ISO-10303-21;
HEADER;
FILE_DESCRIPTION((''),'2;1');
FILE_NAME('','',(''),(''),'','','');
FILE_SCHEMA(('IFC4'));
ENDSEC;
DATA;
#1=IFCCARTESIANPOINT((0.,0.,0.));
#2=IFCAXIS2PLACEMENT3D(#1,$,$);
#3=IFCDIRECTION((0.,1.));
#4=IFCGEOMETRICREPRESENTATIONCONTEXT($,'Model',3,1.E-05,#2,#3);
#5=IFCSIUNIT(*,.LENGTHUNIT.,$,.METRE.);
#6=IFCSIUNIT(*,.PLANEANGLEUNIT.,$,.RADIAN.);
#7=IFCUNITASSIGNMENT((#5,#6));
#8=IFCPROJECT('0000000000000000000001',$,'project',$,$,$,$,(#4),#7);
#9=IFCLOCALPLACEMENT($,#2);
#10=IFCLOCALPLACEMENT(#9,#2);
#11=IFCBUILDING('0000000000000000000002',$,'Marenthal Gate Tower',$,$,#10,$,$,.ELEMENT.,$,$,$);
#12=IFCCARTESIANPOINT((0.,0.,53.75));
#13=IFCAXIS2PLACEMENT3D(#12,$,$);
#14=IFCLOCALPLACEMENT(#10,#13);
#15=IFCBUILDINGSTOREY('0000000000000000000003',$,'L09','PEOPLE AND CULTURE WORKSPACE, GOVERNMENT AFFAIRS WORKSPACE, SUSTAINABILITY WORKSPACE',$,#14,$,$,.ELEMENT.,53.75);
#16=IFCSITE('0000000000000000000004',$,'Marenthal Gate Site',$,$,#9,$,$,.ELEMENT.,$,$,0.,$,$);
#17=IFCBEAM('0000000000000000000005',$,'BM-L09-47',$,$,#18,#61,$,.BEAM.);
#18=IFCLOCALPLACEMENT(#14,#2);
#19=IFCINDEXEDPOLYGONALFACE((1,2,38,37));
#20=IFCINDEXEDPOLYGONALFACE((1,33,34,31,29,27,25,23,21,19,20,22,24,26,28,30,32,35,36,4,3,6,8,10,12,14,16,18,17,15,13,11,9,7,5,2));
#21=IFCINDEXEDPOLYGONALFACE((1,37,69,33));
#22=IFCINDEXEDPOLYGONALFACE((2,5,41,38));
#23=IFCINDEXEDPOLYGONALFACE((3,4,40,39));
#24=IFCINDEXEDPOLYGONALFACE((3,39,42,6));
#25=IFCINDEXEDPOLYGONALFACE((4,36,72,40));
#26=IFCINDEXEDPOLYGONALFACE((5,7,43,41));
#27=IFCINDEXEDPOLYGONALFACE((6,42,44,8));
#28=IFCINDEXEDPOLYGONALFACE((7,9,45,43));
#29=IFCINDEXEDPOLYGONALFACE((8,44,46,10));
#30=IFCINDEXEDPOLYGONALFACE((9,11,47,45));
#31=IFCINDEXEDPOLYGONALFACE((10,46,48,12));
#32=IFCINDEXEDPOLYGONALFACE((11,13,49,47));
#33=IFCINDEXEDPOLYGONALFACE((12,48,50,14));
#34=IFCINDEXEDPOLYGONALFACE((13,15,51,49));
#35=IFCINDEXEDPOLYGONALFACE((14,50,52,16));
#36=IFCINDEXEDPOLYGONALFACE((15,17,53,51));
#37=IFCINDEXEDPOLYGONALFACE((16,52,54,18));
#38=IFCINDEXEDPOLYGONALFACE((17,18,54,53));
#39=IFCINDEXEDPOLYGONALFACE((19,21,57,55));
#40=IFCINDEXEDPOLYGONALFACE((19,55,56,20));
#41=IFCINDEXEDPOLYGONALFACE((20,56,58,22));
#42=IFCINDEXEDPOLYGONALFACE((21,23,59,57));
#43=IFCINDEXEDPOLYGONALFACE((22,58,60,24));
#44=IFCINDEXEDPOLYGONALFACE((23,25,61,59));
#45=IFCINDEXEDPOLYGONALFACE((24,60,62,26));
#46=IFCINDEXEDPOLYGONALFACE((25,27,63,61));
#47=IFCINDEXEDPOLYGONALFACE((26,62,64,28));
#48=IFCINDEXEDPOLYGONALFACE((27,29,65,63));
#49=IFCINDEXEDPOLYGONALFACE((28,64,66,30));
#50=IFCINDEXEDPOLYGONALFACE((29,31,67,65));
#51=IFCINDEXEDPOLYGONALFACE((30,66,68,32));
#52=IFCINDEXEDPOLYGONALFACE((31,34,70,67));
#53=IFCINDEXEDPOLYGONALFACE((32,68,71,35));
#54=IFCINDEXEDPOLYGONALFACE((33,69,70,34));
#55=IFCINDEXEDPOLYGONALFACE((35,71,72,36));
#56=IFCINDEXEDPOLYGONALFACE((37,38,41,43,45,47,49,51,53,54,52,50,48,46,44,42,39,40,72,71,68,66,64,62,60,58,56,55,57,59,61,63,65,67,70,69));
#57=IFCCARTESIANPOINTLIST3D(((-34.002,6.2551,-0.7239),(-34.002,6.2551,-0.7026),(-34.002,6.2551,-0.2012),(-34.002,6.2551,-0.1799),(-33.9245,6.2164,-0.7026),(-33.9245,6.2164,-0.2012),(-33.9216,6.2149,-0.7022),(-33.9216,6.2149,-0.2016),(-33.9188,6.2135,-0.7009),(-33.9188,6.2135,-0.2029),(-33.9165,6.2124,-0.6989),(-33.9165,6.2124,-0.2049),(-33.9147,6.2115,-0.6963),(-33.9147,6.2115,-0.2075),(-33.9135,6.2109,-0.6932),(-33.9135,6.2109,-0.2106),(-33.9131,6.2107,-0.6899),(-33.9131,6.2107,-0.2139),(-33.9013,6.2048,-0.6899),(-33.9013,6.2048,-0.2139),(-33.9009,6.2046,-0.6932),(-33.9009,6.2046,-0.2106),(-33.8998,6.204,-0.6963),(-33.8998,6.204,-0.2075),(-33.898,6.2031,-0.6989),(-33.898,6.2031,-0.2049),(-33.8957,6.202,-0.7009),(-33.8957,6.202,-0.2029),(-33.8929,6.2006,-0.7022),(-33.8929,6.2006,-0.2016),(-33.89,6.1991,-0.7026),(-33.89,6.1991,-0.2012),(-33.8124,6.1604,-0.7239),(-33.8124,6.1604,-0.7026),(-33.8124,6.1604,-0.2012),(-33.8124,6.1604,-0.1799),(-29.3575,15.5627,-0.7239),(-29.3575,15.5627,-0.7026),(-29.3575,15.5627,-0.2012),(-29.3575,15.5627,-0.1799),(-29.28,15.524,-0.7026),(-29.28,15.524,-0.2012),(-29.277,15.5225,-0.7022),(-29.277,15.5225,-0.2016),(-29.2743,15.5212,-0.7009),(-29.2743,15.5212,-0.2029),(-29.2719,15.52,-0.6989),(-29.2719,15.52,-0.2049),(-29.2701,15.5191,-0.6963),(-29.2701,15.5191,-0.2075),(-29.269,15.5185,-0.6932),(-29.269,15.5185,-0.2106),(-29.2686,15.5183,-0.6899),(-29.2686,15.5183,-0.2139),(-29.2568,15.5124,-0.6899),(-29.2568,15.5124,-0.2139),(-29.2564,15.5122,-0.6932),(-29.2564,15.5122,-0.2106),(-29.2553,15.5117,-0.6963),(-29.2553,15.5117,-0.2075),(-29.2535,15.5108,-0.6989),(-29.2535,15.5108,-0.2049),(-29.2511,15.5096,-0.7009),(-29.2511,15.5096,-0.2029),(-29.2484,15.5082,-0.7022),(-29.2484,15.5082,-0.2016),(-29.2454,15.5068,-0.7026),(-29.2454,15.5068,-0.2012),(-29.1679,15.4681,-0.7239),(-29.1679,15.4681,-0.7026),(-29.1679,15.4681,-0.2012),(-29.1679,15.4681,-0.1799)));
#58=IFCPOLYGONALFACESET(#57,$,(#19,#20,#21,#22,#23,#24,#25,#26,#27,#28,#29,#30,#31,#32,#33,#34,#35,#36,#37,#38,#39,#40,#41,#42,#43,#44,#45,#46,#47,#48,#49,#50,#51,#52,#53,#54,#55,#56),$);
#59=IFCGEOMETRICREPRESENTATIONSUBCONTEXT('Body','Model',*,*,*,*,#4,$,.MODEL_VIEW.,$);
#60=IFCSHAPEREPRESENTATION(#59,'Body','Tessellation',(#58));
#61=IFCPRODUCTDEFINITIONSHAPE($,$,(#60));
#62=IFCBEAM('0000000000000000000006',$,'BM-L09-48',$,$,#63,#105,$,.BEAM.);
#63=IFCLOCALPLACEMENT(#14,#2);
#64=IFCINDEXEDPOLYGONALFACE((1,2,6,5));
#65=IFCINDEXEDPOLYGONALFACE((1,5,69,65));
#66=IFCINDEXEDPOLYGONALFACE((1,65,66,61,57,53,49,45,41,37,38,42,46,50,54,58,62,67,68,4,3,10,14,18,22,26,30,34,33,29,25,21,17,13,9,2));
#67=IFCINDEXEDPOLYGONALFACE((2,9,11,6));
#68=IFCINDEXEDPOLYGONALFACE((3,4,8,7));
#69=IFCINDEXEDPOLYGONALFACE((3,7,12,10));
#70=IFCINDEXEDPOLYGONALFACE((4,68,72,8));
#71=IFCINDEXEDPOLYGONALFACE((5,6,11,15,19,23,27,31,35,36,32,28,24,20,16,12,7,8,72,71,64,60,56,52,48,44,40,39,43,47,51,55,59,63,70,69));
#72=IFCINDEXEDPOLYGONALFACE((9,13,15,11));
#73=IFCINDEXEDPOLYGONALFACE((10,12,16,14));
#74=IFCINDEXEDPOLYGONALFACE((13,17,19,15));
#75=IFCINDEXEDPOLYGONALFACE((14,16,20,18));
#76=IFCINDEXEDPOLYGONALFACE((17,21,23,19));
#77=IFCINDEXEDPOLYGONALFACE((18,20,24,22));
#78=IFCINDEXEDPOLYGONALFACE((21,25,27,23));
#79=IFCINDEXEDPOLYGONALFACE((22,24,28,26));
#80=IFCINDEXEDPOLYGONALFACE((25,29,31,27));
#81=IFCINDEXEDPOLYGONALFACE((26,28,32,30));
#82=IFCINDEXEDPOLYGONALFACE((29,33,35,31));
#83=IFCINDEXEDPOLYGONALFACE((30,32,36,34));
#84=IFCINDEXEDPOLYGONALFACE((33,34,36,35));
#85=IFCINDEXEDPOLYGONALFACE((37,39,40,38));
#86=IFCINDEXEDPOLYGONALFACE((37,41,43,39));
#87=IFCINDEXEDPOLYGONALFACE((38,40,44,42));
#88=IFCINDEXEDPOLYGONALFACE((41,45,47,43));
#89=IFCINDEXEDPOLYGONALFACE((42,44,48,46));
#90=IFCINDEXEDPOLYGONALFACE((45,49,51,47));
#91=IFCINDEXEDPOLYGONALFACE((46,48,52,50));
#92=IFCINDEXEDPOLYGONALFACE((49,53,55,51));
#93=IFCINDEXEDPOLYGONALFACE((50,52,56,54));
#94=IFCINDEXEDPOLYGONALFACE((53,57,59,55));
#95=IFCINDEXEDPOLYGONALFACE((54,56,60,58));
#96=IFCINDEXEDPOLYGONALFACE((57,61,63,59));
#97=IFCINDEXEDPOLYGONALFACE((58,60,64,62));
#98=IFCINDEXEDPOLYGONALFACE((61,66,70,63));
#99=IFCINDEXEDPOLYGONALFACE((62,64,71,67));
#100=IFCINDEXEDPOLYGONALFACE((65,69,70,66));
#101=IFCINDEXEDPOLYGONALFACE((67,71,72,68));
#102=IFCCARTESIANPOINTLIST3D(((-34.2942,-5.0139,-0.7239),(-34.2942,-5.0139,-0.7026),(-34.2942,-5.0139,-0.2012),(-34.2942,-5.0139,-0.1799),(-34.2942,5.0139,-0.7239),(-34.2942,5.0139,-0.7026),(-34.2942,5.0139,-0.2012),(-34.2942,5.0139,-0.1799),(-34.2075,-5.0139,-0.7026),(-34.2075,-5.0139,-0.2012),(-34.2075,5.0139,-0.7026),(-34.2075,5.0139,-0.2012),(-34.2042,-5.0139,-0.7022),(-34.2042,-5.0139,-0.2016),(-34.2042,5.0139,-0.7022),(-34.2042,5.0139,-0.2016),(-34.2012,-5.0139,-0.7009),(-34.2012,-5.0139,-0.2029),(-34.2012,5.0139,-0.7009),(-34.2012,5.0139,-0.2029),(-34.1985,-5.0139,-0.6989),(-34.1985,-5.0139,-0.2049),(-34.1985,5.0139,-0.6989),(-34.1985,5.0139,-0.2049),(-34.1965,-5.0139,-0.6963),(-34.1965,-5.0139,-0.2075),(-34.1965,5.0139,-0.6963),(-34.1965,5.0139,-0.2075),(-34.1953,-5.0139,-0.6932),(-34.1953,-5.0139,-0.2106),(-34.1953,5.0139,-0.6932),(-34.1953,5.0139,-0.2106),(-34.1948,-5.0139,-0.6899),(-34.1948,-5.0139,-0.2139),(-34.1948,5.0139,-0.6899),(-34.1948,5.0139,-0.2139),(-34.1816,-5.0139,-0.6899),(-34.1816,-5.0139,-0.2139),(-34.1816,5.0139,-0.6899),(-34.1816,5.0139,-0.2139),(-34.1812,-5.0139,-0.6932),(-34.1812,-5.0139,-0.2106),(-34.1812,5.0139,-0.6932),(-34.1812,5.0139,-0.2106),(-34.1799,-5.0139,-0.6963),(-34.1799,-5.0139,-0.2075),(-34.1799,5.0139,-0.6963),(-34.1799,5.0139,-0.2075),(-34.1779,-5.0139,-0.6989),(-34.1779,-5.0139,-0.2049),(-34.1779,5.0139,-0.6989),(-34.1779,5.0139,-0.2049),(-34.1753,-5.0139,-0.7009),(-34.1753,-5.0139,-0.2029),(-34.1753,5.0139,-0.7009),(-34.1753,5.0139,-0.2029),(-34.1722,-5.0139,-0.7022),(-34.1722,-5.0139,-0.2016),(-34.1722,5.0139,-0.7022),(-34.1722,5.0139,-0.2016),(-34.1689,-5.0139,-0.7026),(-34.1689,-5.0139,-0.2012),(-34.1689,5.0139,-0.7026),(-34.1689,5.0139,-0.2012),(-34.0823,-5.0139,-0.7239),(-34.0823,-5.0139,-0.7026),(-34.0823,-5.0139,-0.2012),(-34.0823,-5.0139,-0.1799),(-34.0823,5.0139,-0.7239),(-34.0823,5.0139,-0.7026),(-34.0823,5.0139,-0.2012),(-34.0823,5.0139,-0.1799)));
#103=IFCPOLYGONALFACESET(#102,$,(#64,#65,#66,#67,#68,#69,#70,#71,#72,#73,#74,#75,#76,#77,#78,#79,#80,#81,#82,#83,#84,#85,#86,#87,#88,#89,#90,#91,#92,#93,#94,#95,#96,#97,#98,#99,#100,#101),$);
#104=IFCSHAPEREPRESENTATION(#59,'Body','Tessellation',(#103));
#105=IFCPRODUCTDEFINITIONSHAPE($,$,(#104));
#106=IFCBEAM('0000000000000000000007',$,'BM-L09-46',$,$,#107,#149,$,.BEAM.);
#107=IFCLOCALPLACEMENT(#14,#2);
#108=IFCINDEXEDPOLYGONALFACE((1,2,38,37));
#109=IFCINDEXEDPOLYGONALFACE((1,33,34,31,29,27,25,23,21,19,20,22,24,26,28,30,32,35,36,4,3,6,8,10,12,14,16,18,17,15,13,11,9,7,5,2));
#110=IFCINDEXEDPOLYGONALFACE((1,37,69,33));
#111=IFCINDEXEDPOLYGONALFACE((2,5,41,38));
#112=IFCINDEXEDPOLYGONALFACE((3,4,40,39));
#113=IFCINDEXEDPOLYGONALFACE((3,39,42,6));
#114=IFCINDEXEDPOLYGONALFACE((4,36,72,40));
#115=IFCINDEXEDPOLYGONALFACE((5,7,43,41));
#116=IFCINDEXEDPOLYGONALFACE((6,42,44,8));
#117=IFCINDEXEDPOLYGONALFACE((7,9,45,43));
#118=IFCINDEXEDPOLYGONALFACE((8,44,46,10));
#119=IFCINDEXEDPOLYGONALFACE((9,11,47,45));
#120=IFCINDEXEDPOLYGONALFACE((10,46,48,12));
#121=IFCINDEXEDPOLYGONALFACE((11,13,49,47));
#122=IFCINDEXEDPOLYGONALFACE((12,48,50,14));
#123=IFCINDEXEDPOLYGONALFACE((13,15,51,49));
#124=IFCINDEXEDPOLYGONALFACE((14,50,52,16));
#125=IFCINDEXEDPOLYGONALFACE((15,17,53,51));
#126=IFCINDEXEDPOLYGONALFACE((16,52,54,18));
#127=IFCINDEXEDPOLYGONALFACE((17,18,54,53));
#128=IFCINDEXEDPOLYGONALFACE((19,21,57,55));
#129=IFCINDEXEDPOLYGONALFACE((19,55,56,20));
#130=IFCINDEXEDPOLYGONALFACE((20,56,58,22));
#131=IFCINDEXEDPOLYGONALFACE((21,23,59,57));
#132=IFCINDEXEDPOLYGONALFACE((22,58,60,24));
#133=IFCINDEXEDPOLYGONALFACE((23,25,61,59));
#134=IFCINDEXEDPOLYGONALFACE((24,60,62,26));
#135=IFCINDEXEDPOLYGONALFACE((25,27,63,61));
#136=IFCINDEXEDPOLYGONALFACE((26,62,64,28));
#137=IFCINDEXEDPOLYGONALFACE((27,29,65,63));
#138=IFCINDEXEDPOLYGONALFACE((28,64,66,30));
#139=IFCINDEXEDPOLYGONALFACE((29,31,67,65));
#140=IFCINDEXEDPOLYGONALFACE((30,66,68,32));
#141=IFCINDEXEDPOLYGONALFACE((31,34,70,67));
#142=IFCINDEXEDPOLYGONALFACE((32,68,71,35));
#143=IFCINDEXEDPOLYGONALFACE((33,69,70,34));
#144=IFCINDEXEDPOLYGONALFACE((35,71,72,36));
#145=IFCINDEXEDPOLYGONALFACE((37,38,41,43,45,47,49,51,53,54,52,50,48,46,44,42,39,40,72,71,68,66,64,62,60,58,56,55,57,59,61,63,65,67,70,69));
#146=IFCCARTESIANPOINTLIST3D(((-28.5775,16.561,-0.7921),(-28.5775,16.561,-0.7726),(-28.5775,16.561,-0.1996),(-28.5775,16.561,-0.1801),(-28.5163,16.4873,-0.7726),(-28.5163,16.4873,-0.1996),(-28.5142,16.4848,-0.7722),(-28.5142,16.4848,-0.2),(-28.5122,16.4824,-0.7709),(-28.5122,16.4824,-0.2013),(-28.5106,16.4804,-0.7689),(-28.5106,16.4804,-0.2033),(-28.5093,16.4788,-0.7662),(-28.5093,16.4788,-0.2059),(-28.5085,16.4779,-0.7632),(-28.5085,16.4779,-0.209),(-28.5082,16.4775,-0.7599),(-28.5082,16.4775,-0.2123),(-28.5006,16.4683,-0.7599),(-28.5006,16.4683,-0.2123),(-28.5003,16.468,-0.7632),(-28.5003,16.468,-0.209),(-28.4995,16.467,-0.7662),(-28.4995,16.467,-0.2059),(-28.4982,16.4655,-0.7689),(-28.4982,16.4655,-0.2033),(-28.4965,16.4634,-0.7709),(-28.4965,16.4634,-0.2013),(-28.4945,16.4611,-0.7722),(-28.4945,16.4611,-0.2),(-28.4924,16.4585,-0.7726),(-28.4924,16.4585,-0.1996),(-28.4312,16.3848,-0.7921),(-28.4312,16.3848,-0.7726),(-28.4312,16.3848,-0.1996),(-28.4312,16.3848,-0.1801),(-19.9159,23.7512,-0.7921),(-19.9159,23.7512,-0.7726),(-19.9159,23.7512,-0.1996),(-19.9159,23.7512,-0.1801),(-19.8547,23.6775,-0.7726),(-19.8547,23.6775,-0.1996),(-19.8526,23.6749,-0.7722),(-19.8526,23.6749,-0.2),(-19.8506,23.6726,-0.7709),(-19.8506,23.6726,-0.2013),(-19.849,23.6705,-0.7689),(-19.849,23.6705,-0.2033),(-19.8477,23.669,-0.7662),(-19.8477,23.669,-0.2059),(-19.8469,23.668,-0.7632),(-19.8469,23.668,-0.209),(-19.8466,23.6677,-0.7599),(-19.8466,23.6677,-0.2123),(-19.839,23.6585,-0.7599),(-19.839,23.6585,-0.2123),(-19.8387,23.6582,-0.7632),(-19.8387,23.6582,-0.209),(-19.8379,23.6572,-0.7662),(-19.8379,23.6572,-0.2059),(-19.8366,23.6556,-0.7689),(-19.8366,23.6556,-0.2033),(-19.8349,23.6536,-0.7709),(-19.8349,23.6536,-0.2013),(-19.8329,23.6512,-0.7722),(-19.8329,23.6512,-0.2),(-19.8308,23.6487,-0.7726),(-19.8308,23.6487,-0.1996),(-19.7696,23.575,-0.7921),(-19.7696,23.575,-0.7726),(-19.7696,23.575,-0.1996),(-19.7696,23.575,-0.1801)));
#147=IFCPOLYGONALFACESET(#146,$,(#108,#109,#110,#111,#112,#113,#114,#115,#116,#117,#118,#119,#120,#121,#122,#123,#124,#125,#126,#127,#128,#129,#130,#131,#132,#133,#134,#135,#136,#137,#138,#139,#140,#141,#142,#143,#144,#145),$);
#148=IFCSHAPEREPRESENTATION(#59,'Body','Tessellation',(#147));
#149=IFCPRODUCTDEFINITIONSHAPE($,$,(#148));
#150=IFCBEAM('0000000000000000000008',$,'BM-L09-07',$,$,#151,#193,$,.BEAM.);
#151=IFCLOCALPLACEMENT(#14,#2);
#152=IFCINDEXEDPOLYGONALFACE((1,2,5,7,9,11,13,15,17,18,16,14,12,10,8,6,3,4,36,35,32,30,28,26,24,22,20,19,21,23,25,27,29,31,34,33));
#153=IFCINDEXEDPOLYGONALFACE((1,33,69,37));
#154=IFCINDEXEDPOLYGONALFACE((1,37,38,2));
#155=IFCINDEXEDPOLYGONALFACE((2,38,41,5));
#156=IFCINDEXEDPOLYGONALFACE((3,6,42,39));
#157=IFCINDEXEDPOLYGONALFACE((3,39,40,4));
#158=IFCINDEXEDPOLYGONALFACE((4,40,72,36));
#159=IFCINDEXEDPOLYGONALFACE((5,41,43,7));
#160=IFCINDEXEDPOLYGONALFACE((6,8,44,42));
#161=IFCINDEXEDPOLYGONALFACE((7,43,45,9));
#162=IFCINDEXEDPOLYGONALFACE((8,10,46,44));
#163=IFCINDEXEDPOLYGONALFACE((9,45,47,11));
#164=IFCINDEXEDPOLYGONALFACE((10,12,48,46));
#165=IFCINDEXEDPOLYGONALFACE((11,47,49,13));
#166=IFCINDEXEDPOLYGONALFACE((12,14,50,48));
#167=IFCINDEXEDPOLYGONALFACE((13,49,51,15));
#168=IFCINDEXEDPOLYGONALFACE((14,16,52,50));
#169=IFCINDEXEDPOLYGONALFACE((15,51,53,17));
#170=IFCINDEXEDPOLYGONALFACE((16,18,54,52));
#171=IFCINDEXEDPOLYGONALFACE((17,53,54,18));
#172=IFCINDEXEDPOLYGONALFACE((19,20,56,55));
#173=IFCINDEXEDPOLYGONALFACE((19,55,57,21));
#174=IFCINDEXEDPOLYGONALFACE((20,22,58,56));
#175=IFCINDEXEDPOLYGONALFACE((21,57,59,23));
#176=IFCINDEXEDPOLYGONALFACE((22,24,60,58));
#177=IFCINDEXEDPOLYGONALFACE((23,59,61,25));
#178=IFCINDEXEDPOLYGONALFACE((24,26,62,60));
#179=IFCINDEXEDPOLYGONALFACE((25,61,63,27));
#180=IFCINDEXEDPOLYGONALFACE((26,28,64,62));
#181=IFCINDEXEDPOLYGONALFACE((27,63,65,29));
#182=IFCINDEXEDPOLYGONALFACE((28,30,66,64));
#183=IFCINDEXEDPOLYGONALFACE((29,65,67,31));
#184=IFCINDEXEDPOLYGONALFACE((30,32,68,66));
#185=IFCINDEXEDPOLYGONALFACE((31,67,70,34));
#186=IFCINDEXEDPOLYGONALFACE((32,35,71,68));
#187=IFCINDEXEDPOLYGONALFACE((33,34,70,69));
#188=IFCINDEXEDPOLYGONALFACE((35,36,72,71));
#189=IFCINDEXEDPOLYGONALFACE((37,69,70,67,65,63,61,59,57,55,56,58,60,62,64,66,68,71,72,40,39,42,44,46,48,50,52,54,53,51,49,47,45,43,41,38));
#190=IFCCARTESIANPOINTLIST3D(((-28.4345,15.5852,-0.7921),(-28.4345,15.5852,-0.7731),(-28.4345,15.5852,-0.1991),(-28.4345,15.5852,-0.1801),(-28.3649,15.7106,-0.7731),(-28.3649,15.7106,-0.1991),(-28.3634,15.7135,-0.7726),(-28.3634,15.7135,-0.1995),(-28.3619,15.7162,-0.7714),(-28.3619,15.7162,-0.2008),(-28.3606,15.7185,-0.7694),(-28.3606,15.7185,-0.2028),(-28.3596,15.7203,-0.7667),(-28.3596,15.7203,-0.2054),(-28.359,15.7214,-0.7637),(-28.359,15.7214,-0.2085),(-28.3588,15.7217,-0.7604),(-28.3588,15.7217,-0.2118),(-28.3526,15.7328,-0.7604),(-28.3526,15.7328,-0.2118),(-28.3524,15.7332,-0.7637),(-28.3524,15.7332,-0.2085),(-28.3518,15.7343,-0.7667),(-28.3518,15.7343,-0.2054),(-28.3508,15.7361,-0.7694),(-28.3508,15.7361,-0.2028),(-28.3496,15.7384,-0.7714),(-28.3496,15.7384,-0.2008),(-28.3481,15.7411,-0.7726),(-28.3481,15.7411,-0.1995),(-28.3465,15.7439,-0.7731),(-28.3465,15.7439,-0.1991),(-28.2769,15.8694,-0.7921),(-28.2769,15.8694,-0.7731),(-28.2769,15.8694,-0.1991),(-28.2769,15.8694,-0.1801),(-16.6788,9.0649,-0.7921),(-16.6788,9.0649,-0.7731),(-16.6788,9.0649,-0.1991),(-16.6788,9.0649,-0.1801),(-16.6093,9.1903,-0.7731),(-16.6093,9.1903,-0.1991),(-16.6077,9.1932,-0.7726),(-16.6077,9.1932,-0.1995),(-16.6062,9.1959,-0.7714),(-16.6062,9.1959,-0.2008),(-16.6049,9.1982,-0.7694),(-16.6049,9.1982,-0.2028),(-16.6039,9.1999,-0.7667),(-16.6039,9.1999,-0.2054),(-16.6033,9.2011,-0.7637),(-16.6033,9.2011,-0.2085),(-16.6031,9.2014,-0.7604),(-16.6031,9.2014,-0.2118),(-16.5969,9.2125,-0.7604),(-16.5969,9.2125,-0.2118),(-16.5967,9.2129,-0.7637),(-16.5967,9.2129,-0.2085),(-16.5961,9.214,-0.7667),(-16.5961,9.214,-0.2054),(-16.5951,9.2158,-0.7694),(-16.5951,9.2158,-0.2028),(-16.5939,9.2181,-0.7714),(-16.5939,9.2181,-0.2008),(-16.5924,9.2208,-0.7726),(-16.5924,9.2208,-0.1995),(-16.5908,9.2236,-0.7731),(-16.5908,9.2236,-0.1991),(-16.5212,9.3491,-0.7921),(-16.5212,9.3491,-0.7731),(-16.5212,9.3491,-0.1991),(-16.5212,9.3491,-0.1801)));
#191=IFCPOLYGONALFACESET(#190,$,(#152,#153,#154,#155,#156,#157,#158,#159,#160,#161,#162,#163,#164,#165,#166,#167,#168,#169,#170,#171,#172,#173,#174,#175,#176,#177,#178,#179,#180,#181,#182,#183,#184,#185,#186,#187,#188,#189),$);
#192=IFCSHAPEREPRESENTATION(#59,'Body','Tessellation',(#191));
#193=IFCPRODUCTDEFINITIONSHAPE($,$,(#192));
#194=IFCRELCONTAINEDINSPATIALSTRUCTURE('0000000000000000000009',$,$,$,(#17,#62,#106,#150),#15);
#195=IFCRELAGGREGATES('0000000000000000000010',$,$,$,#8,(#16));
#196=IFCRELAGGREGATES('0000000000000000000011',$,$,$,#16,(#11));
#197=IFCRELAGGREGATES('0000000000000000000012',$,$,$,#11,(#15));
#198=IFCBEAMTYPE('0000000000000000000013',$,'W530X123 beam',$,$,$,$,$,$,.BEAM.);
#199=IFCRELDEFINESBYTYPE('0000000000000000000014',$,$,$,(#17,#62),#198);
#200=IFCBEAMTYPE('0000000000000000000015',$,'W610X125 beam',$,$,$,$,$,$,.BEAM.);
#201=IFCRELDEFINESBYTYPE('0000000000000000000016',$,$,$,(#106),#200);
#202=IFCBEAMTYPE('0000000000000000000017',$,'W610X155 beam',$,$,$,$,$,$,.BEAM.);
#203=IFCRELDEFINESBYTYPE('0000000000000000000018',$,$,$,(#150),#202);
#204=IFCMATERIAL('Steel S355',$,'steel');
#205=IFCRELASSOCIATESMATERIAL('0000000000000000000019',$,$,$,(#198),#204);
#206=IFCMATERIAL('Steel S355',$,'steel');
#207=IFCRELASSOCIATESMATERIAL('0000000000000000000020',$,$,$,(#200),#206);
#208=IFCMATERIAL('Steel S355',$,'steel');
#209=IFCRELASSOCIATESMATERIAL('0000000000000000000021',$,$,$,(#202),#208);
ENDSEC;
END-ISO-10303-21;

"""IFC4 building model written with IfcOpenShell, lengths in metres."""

from ifc_helpers import new_model, si_unit, direction, frame, origin, origin_2d, place, context, subcontext, project, spatial, i_section, extrude, material, material_profile, profile_set, type_object, element, save


model = new_model("IFC4")

# Units and contexts
model_context = context("Model", 3, precision=1e-05, world=origin(), true_north=direction((0.0, 1.0)))
body_context = subcontext(model_context, "Body", "Model", "MODEL_VIEW")
ifc_project = project(units=[si_unit("LENGTHUNIT", "METRE"), si_unit("PLANEANGLEUNIT", "RADIAN")], contexts=[model_context])

# Site, building, storey
site_placement = place(None, origin())
site = spatial("IfcSite", under=ifc_project, at=site_placement, Name="Marenthal Gate Site", CompositionType="ELEMENT", RefElevation=0.0)
building_placement = place(site_placement, origin())
building = spatial("IfcBuilding", under=site, at=building_placement, Name="Marenthal Gate Tower", CompositionType="ELEMENT")
storey_placement = place(building_placement, frame((0.0, 0.0, 53.75)))
storey = spatial("IfcBuildingStorey", under=building, at=storey_placement, Name="L09", Description="PEOPLE AND CULTURE WORKSPACE, GOVERNMENT AFFAIRS WORKSPACE, SUSTAINABILITY WORKSPACE", CompositionType="ELEMENT", Elevation=53.75)

# Beams
ifc_material_1 = material(Name="Steel S355", Category="steel")
ifc_material_profile_1 = material_profile(ifc_material_1, i_section(OverallWidth=0.2119, OverallDepth=0.5439, WebThickness=0.0132, FlangeThickness=0.0212, FilletRadius=0.0127, at=origin_2d()), Name="W530X123")
ifc_profile_set_1 = profile_set([ifc_material_profile_1], Name="Steel S355")
beam_type_1 = type_object("IfcBeamType", Name="W530X123 beam", PredefinedType="BEAM", material=ifc_profile_set_1)
beam_1_placement = place(storey_placement, frame((-29.2627, 15.5154, -0.4519), z_axis=(-0.4465, -0.894784, 0.0), x_axis=(0.894784, -0.4465, 0.0)))
element("IfcBeam", 1, at=beam_1_placement, inside=storey, type_object=beam_type_1, Name="BM-L09-47", PredefinedType="BEAM", context=body_context, shape_type="SweptSolid", body=[
    extrude(i_section(OverallWidth=0.2119, OverallDepth=0.5439, WebThickness=0.0132, FlangeThickness=0.0212, FilletRadius=0.0127, at=origin_2d()), origin(), (0.0, 0.0, 1.0), 10.4021),
])
beam_2_placement = place(storey_placement, frame((-34.1882, 5.0139, -0.4519), z_axis=(0.0, -1.0, 0.0), x_axis=(1.0, 0.0, 0.0)))
element("IfcBeam", 2, at=beam_2_placement, inside=storey, type_object=beam_type_1, Name="BM-L09-48", PredefinedType="BEAM", context=body_context, shape_type="SweptSolid", body=[
    extrude(i_section(OverallWidth=0.2119, OverallDepth=0.5439, WebThickness=0.0132, FlangeThickness=0.0212, FilletRadius=0.0127, at=origin_2d()), origin(), (0.0, 0.0, 1.0), 10.0278),
])
ifc_material_2 = material(Name="Steel S355", Category="steel")
ifc_material_profile_2 = material_profile(ifc_material_2, i_section(OverallWidth=0.229, OverallDepth=0.6121, WebThickness=0.012, FlangeThickness=0.0195, FilletRadius=0.0127, at=origin_2d()), Name="W610X125")
ifc_profile_set_2 = profile_set([ifc_material_profile_2], Name="Steel S355")
beam_type_2 = type_object("IfcBeamType", Name="W610X125 beam", PredefinedType="BEAM", material=ifc_profile_set_2)
beam_3_placement = place(storey_placement, frame((-19.8428, 23.6631, -0.4861), z_axis=(-0.769436, -0.638724, 0.0), x_axis=(0.638724, -0.769436, 0.0)))
element("IfcBeam", 3, at=beam_3_placement, inside=storey, type_object=beam_type_2, Name="BM-L09-46", PredefinedType="BEAM", context=body_context, shape_type="SweptSolid", body=[
    extrude(i_section(OverallWidth=0.229, OverallDepth=0.6121, WebThickness=0.012, FlangeThickness=0.0195, FilletRadius=0.0127, at=origin_2d()), origin(), (0.0, 0.0, 1.0), 11.2571),
])
ifc_material_3 = material(Name="Steel S355", Category="steel")
ifc_material_profile_3 = material_profile(ifc_material_3, i_section(OverallWidth=0.325, OverallDepth=0.6121, WebThickness=0.0127, FlangeThickness=0.019, FilletRadius=0.0127, at=origin_2d()), Name="W610X155")
ifc_profile_set_3 = profile_set([ifc_material_profile_3], Name="Steel S355")
beam_type_3 = type_object("IfcBeamType", Name="W610X155 beam", PredefinedType="BEAM", material=ifc_profile_set_3)
beam_4_placement = place(storey_placement, frame((-28.3557, 15.7273, -0.4861), z_axis=(0.874493, -0.485038, 0.0), x_axis=(0.485038, 0.874493, 0.0)))
element("IfcBeam", 4, at=beam_4_placement, inside=storey, type_object=beam_type_3, Name="BM-L09-07", PredefinedType="BEAM", context=body_context, shape_type="SweptSolid", body=[
    extrude(i_section(OverallWidth=0.325, OverallDepth=0.6121, WebThickness=0.0127, FlangeThickness=0.019, FilletRadius=0.0127, at=origin_2d()), origin(), (0.0, 0.0, 1.0), 13.4429),
])

save(model, "model.ifc")
